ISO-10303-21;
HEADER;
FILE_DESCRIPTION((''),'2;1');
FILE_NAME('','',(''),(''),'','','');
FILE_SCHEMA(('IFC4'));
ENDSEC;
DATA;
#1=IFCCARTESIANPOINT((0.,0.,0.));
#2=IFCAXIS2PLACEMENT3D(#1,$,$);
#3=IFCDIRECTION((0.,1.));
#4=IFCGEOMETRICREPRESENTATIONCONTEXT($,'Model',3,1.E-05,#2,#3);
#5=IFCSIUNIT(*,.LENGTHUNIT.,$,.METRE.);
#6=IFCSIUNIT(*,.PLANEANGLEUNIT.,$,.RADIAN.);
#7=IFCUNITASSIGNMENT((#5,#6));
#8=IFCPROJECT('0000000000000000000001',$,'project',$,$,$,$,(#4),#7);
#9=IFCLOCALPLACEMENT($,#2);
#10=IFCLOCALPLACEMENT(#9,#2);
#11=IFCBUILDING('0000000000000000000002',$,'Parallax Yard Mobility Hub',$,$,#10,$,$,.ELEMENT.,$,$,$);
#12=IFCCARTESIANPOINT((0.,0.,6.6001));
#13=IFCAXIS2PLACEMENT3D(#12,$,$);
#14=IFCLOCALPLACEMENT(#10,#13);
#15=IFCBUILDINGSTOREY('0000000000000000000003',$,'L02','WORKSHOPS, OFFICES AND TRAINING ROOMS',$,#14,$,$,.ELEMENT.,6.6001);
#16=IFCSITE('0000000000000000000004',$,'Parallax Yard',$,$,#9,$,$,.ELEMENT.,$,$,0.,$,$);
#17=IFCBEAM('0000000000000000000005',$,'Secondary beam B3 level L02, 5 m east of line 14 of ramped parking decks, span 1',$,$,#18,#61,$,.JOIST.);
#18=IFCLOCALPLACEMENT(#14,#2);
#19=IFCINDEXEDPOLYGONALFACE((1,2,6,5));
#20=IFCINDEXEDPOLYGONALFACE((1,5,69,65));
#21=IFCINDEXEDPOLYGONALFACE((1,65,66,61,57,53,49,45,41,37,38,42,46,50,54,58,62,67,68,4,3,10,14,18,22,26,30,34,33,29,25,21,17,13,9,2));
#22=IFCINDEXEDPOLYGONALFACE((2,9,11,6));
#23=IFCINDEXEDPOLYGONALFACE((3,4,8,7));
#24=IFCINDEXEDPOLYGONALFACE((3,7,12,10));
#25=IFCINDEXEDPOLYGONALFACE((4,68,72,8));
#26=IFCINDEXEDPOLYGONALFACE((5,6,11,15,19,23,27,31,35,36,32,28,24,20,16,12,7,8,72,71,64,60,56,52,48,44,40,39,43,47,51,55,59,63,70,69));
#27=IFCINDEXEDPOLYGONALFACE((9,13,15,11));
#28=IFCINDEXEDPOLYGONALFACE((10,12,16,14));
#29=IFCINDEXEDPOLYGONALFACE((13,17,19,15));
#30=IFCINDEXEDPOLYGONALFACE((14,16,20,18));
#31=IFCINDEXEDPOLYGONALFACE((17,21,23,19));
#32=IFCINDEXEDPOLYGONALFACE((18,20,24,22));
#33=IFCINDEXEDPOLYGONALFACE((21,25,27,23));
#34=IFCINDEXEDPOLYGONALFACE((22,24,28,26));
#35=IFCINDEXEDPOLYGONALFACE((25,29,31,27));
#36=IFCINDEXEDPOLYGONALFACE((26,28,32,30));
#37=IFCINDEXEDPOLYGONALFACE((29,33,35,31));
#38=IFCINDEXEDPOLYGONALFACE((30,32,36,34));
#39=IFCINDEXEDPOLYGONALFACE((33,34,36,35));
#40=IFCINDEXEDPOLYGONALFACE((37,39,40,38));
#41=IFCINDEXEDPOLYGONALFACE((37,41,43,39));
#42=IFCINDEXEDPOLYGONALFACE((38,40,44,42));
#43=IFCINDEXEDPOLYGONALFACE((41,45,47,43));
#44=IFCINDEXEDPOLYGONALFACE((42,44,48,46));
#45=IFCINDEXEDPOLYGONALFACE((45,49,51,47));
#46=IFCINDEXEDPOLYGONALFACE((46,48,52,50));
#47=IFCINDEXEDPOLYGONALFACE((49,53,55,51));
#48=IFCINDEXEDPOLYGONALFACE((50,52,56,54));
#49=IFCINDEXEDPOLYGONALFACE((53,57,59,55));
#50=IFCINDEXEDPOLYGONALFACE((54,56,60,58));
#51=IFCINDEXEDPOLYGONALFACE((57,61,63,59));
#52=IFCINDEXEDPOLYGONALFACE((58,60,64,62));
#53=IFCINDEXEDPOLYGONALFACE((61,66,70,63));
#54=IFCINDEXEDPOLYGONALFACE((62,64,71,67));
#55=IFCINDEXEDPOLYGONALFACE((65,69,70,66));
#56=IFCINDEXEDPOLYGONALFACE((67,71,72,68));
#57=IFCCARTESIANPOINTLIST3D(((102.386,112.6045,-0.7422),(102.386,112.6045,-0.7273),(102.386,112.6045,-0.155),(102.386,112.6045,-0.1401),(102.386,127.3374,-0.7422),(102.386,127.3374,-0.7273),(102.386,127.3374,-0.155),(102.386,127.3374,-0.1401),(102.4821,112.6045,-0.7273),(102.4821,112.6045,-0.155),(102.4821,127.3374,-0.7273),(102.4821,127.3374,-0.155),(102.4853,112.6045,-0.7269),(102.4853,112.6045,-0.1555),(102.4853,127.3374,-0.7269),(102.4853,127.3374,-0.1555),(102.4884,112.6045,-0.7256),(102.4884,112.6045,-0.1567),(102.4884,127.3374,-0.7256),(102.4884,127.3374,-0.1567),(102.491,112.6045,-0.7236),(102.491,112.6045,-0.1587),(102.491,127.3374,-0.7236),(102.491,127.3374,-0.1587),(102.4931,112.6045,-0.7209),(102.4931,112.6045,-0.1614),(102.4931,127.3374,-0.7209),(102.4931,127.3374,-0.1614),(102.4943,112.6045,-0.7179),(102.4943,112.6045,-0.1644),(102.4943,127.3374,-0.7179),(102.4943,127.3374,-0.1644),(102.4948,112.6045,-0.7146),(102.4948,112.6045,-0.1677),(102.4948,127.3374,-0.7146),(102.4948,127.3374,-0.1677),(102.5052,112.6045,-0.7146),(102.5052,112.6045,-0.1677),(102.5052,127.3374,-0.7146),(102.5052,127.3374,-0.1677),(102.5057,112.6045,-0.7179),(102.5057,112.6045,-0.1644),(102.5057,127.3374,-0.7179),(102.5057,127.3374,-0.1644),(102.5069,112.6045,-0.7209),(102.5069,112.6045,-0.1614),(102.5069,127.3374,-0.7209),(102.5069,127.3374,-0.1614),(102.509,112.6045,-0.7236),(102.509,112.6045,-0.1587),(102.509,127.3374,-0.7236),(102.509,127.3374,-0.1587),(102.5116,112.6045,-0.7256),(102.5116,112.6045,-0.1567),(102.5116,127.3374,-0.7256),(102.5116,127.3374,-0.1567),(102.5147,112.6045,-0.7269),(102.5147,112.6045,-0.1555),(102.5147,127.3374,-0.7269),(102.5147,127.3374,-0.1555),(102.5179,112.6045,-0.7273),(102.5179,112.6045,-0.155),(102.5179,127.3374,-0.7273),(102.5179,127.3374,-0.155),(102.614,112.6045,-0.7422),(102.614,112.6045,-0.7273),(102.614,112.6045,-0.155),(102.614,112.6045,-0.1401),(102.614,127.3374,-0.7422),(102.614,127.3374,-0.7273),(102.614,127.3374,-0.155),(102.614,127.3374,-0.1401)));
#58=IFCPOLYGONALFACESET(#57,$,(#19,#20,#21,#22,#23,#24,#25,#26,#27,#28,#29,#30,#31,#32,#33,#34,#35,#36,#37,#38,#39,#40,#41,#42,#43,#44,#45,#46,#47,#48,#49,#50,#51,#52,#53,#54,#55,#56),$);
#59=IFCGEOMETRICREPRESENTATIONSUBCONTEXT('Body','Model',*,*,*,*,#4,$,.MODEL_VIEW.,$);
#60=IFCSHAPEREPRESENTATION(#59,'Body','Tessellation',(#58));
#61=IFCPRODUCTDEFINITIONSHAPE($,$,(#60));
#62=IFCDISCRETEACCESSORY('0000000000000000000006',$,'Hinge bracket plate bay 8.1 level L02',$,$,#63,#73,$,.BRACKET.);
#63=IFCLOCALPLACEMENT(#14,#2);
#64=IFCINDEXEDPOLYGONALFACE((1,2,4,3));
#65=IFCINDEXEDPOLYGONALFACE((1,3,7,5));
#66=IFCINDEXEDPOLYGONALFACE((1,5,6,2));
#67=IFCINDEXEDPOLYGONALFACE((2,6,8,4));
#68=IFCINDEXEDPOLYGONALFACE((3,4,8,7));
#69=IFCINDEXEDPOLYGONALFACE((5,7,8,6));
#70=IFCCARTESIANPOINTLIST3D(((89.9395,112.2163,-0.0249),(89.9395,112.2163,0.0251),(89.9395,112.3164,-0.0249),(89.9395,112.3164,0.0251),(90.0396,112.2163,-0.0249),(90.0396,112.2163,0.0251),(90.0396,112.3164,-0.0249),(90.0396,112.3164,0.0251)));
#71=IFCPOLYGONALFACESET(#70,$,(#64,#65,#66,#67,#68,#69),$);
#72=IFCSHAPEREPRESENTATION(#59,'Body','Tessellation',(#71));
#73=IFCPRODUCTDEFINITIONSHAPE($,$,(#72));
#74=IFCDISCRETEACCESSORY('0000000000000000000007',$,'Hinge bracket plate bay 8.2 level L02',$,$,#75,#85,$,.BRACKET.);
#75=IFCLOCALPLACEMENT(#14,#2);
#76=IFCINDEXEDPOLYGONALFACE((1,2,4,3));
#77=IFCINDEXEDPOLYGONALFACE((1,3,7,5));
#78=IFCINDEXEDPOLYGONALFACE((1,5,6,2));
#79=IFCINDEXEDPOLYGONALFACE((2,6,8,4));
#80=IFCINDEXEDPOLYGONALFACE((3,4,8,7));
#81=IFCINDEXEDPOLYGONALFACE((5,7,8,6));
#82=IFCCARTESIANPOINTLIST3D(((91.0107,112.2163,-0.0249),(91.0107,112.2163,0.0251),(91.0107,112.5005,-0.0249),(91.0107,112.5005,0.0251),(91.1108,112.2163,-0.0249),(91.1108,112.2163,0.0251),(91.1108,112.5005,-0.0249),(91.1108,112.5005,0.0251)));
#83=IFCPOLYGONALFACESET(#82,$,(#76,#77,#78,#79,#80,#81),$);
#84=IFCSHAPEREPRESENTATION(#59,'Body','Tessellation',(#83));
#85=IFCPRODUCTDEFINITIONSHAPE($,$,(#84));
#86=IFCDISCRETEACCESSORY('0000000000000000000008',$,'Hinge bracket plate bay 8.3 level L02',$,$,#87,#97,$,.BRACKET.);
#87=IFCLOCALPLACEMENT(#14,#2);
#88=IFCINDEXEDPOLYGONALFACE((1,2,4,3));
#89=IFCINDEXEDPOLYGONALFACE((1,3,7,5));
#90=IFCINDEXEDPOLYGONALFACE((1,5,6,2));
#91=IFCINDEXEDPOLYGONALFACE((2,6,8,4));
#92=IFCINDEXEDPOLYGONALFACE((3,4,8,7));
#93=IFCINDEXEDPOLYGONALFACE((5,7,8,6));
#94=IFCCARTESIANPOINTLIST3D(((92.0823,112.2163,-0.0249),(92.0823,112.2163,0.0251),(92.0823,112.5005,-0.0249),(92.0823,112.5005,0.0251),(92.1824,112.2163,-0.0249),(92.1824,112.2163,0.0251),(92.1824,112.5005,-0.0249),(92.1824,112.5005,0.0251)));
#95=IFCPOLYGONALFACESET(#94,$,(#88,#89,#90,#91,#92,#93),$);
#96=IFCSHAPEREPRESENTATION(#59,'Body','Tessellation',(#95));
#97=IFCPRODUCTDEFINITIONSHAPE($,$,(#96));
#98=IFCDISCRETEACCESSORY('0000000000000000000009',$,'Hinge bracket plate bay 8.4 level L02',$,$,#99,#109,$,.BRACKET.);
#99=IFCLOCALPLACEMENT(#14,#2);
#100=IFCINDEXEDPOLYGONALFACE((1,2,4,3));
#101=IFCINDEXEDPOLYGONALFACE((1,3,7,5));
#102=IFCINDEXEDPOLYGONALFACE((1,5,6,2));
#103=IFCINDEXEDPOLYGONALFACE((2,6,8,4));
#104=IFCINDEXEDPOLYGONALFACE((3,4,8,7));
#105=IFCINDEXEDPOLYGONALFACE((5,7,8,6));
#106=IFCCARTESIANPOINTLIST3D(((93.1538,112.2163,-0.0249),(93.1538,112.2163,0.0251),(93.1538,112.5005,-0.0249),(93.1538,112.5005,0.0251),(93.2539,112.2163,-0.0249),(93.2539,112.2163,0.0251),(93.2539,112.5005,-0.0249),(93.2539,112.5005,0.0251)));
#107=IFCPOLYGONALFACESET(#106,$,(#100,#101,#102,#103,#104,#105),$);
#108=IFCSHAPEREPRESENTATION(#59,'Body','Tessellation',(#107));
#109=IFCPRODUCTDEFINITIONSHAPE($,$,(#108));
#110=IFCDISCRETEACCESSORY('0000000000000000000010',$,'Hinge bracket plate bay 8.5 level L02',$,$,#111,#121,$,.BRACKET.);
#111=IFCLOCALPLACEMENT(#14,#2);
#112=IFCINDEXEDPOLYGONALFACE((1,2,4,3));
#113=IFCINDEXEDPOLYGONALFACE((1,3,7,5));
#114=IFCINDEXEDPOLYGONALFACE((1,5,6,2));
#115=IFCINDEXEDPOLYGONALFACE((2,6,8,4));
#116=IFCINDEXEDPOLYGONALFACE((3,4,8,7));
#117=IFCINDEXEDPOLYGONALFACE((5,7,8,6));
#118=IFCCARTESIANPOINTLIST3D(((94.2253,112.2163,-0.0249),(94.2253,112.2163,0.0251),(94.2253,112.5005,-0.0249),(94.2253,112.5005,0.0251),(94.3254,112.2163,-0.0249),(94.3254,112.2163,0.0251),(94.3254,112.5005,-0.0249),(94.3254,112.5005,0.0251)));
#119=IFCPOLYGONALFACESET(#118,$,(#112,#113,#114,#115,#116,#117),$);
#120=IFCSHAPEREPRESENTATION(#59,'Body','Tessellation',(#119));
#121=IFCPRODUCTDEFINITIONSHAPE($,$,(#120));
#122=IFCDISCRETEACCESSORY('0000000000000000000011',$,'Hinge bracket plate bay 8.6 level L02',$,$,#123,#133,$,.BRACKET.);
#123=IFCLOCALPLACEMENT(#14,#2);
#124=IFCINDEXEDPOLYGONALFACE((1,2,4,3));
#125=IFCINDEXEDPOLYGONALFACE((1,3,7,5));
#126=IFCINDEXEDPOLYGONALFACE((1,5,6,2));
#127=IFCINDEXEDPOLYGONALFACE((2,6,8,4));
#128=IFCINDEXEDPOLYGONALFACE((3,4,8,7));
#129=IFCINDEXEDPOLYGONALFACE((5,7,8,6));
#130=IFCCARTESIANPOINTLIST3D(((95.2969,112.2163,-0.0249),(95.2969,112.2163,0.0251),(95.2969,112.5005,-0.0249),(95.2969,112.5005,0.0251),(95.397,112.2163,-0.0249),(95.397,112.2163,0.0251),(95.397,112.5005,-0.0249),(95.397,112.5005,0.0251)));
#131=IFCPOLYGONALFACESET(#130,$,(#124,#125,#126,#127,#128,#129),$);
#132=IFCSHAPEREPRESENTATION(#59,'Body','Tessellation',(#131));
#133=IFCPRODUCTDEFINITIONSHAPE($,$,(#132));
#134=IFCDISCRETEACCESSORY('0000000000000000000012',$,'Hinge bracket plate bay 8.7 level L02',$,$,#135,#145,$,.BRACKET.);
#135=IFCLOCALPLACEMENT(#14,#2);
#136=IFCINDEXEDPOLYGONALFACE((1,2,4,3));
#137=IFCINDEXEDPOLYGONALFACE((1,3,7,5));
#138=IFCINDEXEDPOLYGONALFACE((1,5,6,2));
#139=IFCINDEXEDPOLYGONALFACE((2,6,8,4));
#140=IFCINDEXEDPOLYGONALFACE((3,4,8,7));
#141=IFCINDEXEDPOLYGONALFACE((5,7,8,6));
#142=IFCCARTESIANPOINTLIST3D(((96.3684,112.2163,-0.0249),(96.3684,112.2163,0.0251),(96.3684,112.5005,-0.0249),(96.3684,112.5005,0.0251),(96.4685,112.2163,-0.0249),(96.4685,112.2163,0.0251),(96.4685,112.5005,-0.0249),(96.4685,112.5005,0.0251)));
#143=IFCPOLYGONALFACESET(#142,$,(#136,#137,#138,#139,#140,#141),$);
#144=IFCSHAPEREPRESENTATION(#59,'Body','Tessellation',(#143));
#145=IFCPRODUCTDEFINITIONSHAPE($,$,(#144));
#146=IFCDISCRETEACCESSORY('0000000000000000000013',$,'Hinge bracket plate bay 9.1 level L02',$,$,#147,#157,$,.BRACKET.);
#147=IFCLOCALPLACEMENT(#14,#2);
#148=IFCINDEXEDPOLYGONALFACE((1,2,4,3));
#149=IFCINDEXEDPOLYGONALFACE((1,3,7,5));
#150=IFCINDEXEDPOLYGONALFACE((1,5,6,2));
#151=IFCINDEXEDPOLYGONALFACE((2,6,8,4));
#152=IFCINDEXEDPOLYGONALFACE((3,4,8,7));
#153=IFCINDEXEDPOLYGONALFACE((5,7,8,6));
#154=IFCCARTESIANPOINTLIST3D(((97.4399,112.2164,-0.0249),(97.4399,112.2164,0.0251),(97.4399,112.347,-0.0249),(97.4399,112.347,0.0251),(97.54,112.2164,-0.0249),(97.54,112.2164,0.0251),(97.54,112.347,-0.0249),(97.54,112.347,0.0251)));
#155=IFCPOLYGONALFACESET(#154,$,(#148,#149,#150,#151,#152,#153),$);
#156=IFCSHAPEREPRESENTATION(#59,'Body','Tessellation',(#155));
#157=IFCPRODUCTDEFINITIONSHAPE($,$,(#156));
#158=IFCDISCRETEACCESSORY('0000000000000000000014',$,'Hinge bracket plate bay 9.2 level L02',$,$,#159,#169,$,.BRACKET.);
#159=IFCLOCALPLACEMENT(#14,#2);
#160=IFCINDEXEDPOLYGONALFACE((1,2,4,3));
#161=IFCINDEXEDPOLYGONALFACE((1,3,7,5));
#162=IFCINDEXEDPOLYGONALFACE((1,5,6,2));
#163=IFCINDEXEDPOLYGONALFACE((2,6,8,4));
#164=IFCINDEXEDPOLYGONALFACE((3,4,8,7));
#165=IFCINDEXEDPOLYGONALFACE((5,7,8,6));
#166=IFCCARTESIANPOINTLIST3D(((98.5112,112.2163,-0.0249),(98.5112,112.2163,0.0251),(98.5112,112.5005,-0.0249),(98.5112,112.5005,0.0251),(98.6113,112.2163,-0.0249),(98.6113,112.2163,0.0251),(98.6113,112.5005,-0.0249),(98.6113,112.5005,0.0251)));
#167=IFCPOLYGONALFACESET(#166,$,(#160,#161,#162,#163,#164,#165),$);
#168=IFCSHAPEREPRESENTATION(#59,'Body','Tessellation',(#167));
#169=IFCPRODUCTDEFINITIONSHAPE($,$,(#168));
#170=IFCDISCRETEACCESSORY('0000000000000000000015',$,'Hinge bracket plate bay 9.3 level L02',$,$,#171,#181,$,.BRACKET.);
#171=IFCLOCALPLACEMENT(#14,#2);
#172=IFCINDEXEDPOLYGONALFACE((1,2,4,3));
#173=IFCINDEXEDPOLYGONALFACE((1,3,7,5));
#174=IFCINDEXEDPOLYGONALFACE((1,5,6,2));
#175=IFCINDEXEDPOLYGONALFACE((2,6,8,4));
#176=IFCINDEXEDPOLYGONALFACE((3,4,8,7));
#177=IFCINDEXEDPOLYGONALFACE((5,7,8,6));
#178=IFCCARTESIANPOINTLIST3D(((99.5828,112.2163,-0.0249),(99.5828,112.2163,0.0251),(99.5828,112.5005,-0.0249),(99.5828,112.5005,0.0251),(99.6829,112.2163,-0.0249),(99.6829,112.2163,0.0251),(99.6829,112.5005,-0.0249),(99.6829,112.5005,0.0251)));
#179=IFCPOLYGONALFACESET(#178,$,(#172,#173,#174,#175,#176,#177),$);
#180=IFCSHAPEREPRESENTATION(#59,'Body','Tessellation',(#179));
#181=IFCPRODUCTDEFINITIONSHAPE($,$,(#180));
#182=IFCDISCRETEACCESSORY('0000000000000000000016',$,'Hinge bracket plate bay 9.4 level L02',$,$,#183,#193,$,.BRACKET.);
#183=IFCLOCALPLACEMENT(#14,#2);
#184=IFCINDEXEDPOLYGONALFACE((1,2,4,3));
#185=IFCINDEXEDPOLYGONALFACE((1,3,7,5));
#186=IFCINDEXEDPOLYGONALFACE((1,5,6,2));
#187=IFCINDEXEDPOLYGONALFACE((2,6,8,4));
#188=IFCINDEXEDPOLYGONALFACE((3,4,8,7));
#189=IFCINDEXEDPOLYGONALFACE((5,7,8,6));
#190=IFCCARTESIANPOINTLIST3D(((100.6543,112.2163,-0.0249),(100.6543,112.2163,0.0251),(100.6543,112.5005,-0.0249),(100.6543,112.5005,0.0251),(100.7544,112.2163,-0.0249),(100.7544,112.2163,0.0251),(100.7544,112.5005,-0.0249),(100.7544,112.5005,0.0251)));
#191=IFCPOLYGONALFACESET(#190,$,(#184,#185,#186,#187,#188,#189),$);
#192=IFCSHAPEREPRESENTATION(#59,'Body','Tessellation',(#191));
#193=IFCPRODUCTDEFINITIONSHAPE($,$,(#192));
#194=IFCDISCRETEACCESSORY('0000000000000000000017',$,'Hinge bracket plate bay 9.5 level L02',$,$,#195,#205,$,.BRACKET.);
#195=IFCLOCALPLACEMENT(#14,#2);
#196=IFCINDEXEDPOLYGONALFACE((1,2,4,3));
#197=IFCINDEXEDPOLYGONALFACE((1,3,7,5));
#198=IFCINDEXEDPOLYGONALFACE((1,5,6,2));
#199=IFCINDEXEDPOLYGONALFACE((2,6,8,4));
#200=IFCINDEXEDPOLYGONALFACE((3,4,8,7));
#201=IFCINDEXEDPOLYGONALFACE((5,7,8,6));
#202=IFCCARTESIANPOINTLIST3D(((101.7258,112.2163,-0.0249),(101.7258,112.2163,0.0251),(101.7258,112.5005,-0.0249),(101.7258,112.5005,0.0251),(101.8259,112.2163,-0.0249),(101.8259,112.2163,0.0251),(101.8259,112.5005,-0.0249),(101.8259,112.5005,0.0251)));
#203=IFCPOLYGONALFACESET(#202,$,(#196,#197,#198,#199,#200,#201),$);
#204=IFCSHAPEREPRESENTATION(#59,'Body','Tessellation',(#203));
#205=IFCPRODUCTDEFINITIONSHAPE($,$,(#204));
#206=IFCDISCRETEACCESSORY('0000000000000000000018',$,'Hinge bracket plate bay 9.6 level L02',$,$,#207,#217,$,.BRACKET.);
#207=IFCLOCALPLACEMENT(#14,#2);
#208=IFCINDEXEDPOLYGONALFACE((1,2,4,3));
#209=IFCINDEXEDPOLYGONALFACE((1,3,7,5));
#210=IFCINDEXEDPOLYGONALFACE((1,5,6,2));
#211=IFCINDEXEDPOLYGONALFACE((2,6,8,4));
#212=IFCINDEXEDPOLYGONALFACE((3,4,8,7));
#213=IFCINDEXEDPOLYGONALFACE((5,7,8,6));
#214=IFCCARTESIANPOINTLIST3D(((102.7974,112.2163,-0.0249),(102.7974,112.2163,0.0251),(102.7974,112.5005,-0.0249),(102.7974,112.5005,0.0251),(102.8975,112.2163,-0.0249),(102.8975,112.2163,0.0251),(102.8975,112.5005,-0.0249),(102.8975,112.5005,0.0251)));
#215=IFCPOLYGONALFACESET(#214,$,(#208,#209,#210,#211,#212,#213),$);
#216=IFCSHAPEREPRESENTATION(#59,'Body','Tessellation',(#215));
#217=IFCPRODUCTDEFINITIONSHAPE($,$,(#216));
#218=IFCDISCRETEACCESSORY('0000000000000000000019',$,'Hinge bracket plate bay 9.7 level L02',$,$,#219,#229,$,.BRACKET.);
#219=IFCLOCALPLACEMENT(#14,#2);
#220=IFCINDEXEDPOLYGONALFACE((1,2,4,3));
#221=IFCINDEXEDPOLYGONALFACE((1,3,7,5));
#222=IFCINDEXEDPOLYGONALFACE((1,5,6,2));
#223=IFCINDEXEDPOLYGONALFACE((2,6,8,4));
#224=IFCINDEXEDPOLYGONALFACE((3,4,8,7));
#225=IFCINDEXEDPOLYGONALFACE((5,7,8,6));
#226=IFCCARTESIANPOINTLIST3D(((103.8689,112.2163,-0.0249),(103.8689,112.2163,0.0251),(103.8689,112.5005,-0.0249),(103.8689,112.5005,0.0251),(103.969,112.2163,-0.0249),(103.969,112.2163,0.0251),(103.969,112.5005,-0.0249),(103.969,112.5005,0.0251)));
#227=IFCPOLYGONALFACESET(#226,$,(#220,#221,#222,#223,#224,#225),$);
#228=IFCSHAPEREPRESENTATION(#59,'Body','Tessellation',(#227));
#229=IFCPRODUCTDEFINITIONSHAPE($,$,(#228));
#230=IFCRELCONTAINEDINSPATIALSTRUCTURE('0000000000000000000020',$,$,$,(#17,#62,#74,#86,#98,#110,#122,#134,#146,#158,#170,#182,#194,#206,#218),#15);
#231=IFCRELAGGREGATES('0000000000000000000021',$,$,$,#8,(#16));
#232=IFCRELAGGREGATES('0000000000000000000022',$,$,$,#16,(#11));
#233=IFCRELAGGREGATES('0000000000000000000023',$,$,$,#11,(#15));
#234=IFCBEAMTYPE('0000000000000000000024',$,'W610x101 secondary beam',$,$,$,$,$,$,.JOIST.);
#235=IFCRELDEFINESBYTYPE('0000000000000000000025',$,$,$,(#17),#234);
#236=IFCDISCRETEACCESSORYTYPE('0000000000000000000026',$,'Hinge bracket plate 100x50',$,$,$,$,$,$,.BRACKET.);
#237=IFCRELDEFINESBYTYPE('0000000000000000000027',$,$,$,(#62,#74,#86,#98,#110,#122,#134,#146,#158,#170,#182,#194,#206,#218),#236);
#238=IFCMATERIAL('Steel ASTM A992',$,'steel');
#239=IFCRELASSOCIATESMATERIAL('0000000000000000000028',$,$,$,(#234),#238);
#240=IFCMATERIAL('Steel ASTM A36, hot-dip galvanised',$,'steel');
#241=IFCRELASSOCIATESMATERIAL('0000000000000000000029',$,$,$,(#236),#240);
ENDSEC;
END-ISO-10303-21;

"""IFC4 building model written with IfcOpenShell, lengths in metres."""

from ifc_helpers import new_model, si_unit, direction, frame, origin, origin_2d, place, context, subcontext, project, spatial, rectangle, i_section, extrude, material, material_profile, profile_set, type_object, element, save


model = new_model("IFC4")

# Units and contexts
model_context = context("Model", 3, precision=1e-05, world=origin(), true_north=direction((0.0, 1.0)))
body_context = subcontext(model_context, "Body", "Model", "MODEL_VIEW")
ifc_project = project(units=[si_unit("LENGTHUNIT", "METRE"), si_unit("PLANEANGLEUNIT", "RADIAN")], contexts=[model_context])

# Site, building, storey
site_placement = place(None, origin())
site = spatial("IfcSite", under=ifc_project, at=site_placement, Name="Parallax Yard", CompositionType="ELEMENT", RefElevation=0.0)
building_placement = place(site_placement, origin())
building = spatial("IfcBuilding", under=site, at=building_placement, Name="Parallax Yard Mobility Hub", CompositionType="ELEMENT")
storey_placement = place(building_placement, frame((0.0, 0.0, 6.6001)))
storey = spatial("IfcBuildingStorey", under=building, at=storey_placement, Name="L02", Description="WORKSHOPS, OFFICES AND TRAINING ROOMS", CompositionType="ELEMENT", Elevation=6.6001)

# Shared definitions
ifc_material_1 = material(Name="Steel ASTM A992", Category="steel")

# Beam
ifc_material_profile_1 = material_profile(ifc_material_1, i_section(OverallWidth=0.228, OverallDepth=0.6021, WebThickness=0.0105, FlangeThickness=0.0149, FilletRadius=0.0127, at=origin_2d()), Name="W610x101")
ifc_profile_set_1 = profile_set([ifc_material_profile_1], Name="Steel ASTM A992")
beam_type_1 = type_object("IfcBeamType", Name="W610x101 secondary beam", PredefinedType="JOIST", material=ifc_profile_set_1)
for number, where, z_axis, x_axis, name in (
    (1, (102.5, 112.6045, -0.4412), (0.0, 1.0, 0.0), (-1.0, 0.0, 0.0), "Secondary beam B3 level L02, 5 m east of line 14 of ramped parking decks, span 1"),
):
    element("IfcBeam", number, at=place(storey_placement, frame(where, z_axis=z_axis, x_axis=x_axis)), inside=storey, type_object=beam_type_1, Name=name, PredefinedType="JOIST", context=body_context, shape_type="SweptSolid", body=[
        extrude(i_section(OverallWidth=0.228, OverallDepth=0.6021, WebThickness=0.0105, FlangeThickness=0.0149, FilletRadius=0.0127, at=origin_2d()), origin(), (0.0, 0.0, 1.0), 14.7329),
    ])

# Discrete accessories
ifc_material_2 = material(Name="Steel ASTM A36, hot-dip galvanised", Category="steel")
discrete_accessory_type_1 = type_object("IfcDiscreteAccessoryType", Name="Hinge bracket plate 100x50", PredefinedType="BRACKET", material=ifc_material_2)
discrete_accessory_1_placement = place(storey_placement, frame((89.9895, 112.2664, -0.0249), z_axis=(0.0, 0.0, 1.0), x_axis=(0.0, -1.0, 0.0)))
element("IfcDiscreteAccessory", 2, at=discrete_accessory_1_placement, inside=storey, type_object=discrete_accessory_type_1, Name="Hinge bracket plate bay 8.1 level L02", PredefinedType="BRACKET", context=body_context, shape_type="SweptSolid", body=[
    extrude(rectangle(XDim=0.1001, YDim=0.1001, at=origin_2d()), origin(), (0.0, 0.0, 1.0), 0.05),
])
for number, where, z_axis, x_axis, name in (
    (3, (91.0608, 112.3584, -0.0249), (0.0, 0.0, 1.0), (0.0, -1.0, 0.0), "Hinge bracket plate bay 8.2 level L02"),
    (4, (92.1323, 112.3584, -0.0249), (0.0, 0.0, 1.0), (0.0, -1.0, 0.0), "Hinge bracket plate bay 8.3 level L02"),
    (5, (93.2039, 112.3584, -0.0249), (0.0, 0.0, 1.0), (0.0, -1.0, 0.0), "Hinge bracket plate bay 8.4 level L02"),
    (6, (94.2754, 112.3584, -0.0249), (0.0, 0.0, 1.0), (0.0, -1.0, 0.0), "Hinge bracket plate bay 8.5 level L02"),
    (7, (95.3469, 112.3584, -0.0249), (0.0, 0.0, 1.0), (0.0, -1.0, 0.0), "Hinge bracket plate bay 8.6 level L02"),
    (8, (96.4185, 112.3584, -0.0249), (0.0, 0.0, 1.0), (0.0, -1.0, 0.0), "Hinge bracket plate bay 8.7 level L02"),
):
    element("IfcDiscreteAccessory", number, at=place(storey_placement, frame(where, z_axis=z_axis, x_axis=x_axis)), inside=storey, type_object=discrete_accessory_type_1, Name=name, PredefinedType="BRACKET", context=body_context, shape_type="SweptSolid", body=[
        extrude(rectangle(XDim=0.2842, YDim=0.1001, at=origin_2d()), origin(), (0.0, 0.0, 1.0), 0.05),
    ])
discrete_accessory_2_placement = place(storey_placement, frame((97.49, 112.2817, -0.0249), z_axis=(0.0, 0.0, 1.0), x_axis=(0.0, -1.0, 0.0)))
element("IfcDiscreteAccessory", 9, at=discrete_accessory_2_placement, inside=storey, type_object=discrete_accessory_type_1, Name="Hinge bracket plate bay 9.1 level L02", PredefinedType="BRACKET", context=body_context, shape_type="SweptSolid", body=[
    extrude(rectangle(XDim=0.1306, YDim=0.1001, at=origin_2d()), origin(), (0.0, 0.0, 1.0), 0.05),
])
for number, where, z_axis, x_axis, name in (
    (10, (98.5613, 112.3584, -0.0249), (0.0, 0.0, 1.0), (0.0, -1.0, 0.0), "Hinge bracket plate bay 9.2 level L02"),
    (11, (99.6328, 112.3584, -0.0249), (0.0, 0.0, 1.0), (0.0, -1.0, 0.0), "Hinge bracket plate bay 9.3 level L02"),
    (12, (100.7043, 112.3584, -0.0249), (0.0, 0.0, 1.0), (0.0, -1.0, 0.0), "Hinge bracket plate bay 9.4 level L02"),
    (13, (101.7759, 112.3584, -0.0249), (0.0, 0.0, 1.0), (0.0, -1.0, 0.0), "Hinge bracket plate bay 9.5 level L02"),
    (14, (102.8474, 112.3584, -0.0249), (0.0, 0.0, 1.0), (0.0, -1.0, 0.0), "Hinge bracket plate bay 9.6 level L02"),
    (15, (103.9189, 112.3584, -0.0249), (0.0, 0.0, 1.0), (0.0, -1.0, 0.0), "Hinge bracket plate bay 9.7 level L02"),
):
    element("IfcDiscreteAccessory", number, at=place(storey_placement, frame(where, z_axis=z_axis, x_axis=x_axis)), inside=storey, type_object=discrete_accessory_type_1, Name=name, PredefinedType="BRACKET", context=body_context, shape_type="SweptSolid", body=[
        extrude(rectangle(XDim=0.2842, YDim=0.1001, at=origin_2d()), origin(), (0.0, 0.0, 1.0), 0.05),
    ])

save(model, "model.ifc")
